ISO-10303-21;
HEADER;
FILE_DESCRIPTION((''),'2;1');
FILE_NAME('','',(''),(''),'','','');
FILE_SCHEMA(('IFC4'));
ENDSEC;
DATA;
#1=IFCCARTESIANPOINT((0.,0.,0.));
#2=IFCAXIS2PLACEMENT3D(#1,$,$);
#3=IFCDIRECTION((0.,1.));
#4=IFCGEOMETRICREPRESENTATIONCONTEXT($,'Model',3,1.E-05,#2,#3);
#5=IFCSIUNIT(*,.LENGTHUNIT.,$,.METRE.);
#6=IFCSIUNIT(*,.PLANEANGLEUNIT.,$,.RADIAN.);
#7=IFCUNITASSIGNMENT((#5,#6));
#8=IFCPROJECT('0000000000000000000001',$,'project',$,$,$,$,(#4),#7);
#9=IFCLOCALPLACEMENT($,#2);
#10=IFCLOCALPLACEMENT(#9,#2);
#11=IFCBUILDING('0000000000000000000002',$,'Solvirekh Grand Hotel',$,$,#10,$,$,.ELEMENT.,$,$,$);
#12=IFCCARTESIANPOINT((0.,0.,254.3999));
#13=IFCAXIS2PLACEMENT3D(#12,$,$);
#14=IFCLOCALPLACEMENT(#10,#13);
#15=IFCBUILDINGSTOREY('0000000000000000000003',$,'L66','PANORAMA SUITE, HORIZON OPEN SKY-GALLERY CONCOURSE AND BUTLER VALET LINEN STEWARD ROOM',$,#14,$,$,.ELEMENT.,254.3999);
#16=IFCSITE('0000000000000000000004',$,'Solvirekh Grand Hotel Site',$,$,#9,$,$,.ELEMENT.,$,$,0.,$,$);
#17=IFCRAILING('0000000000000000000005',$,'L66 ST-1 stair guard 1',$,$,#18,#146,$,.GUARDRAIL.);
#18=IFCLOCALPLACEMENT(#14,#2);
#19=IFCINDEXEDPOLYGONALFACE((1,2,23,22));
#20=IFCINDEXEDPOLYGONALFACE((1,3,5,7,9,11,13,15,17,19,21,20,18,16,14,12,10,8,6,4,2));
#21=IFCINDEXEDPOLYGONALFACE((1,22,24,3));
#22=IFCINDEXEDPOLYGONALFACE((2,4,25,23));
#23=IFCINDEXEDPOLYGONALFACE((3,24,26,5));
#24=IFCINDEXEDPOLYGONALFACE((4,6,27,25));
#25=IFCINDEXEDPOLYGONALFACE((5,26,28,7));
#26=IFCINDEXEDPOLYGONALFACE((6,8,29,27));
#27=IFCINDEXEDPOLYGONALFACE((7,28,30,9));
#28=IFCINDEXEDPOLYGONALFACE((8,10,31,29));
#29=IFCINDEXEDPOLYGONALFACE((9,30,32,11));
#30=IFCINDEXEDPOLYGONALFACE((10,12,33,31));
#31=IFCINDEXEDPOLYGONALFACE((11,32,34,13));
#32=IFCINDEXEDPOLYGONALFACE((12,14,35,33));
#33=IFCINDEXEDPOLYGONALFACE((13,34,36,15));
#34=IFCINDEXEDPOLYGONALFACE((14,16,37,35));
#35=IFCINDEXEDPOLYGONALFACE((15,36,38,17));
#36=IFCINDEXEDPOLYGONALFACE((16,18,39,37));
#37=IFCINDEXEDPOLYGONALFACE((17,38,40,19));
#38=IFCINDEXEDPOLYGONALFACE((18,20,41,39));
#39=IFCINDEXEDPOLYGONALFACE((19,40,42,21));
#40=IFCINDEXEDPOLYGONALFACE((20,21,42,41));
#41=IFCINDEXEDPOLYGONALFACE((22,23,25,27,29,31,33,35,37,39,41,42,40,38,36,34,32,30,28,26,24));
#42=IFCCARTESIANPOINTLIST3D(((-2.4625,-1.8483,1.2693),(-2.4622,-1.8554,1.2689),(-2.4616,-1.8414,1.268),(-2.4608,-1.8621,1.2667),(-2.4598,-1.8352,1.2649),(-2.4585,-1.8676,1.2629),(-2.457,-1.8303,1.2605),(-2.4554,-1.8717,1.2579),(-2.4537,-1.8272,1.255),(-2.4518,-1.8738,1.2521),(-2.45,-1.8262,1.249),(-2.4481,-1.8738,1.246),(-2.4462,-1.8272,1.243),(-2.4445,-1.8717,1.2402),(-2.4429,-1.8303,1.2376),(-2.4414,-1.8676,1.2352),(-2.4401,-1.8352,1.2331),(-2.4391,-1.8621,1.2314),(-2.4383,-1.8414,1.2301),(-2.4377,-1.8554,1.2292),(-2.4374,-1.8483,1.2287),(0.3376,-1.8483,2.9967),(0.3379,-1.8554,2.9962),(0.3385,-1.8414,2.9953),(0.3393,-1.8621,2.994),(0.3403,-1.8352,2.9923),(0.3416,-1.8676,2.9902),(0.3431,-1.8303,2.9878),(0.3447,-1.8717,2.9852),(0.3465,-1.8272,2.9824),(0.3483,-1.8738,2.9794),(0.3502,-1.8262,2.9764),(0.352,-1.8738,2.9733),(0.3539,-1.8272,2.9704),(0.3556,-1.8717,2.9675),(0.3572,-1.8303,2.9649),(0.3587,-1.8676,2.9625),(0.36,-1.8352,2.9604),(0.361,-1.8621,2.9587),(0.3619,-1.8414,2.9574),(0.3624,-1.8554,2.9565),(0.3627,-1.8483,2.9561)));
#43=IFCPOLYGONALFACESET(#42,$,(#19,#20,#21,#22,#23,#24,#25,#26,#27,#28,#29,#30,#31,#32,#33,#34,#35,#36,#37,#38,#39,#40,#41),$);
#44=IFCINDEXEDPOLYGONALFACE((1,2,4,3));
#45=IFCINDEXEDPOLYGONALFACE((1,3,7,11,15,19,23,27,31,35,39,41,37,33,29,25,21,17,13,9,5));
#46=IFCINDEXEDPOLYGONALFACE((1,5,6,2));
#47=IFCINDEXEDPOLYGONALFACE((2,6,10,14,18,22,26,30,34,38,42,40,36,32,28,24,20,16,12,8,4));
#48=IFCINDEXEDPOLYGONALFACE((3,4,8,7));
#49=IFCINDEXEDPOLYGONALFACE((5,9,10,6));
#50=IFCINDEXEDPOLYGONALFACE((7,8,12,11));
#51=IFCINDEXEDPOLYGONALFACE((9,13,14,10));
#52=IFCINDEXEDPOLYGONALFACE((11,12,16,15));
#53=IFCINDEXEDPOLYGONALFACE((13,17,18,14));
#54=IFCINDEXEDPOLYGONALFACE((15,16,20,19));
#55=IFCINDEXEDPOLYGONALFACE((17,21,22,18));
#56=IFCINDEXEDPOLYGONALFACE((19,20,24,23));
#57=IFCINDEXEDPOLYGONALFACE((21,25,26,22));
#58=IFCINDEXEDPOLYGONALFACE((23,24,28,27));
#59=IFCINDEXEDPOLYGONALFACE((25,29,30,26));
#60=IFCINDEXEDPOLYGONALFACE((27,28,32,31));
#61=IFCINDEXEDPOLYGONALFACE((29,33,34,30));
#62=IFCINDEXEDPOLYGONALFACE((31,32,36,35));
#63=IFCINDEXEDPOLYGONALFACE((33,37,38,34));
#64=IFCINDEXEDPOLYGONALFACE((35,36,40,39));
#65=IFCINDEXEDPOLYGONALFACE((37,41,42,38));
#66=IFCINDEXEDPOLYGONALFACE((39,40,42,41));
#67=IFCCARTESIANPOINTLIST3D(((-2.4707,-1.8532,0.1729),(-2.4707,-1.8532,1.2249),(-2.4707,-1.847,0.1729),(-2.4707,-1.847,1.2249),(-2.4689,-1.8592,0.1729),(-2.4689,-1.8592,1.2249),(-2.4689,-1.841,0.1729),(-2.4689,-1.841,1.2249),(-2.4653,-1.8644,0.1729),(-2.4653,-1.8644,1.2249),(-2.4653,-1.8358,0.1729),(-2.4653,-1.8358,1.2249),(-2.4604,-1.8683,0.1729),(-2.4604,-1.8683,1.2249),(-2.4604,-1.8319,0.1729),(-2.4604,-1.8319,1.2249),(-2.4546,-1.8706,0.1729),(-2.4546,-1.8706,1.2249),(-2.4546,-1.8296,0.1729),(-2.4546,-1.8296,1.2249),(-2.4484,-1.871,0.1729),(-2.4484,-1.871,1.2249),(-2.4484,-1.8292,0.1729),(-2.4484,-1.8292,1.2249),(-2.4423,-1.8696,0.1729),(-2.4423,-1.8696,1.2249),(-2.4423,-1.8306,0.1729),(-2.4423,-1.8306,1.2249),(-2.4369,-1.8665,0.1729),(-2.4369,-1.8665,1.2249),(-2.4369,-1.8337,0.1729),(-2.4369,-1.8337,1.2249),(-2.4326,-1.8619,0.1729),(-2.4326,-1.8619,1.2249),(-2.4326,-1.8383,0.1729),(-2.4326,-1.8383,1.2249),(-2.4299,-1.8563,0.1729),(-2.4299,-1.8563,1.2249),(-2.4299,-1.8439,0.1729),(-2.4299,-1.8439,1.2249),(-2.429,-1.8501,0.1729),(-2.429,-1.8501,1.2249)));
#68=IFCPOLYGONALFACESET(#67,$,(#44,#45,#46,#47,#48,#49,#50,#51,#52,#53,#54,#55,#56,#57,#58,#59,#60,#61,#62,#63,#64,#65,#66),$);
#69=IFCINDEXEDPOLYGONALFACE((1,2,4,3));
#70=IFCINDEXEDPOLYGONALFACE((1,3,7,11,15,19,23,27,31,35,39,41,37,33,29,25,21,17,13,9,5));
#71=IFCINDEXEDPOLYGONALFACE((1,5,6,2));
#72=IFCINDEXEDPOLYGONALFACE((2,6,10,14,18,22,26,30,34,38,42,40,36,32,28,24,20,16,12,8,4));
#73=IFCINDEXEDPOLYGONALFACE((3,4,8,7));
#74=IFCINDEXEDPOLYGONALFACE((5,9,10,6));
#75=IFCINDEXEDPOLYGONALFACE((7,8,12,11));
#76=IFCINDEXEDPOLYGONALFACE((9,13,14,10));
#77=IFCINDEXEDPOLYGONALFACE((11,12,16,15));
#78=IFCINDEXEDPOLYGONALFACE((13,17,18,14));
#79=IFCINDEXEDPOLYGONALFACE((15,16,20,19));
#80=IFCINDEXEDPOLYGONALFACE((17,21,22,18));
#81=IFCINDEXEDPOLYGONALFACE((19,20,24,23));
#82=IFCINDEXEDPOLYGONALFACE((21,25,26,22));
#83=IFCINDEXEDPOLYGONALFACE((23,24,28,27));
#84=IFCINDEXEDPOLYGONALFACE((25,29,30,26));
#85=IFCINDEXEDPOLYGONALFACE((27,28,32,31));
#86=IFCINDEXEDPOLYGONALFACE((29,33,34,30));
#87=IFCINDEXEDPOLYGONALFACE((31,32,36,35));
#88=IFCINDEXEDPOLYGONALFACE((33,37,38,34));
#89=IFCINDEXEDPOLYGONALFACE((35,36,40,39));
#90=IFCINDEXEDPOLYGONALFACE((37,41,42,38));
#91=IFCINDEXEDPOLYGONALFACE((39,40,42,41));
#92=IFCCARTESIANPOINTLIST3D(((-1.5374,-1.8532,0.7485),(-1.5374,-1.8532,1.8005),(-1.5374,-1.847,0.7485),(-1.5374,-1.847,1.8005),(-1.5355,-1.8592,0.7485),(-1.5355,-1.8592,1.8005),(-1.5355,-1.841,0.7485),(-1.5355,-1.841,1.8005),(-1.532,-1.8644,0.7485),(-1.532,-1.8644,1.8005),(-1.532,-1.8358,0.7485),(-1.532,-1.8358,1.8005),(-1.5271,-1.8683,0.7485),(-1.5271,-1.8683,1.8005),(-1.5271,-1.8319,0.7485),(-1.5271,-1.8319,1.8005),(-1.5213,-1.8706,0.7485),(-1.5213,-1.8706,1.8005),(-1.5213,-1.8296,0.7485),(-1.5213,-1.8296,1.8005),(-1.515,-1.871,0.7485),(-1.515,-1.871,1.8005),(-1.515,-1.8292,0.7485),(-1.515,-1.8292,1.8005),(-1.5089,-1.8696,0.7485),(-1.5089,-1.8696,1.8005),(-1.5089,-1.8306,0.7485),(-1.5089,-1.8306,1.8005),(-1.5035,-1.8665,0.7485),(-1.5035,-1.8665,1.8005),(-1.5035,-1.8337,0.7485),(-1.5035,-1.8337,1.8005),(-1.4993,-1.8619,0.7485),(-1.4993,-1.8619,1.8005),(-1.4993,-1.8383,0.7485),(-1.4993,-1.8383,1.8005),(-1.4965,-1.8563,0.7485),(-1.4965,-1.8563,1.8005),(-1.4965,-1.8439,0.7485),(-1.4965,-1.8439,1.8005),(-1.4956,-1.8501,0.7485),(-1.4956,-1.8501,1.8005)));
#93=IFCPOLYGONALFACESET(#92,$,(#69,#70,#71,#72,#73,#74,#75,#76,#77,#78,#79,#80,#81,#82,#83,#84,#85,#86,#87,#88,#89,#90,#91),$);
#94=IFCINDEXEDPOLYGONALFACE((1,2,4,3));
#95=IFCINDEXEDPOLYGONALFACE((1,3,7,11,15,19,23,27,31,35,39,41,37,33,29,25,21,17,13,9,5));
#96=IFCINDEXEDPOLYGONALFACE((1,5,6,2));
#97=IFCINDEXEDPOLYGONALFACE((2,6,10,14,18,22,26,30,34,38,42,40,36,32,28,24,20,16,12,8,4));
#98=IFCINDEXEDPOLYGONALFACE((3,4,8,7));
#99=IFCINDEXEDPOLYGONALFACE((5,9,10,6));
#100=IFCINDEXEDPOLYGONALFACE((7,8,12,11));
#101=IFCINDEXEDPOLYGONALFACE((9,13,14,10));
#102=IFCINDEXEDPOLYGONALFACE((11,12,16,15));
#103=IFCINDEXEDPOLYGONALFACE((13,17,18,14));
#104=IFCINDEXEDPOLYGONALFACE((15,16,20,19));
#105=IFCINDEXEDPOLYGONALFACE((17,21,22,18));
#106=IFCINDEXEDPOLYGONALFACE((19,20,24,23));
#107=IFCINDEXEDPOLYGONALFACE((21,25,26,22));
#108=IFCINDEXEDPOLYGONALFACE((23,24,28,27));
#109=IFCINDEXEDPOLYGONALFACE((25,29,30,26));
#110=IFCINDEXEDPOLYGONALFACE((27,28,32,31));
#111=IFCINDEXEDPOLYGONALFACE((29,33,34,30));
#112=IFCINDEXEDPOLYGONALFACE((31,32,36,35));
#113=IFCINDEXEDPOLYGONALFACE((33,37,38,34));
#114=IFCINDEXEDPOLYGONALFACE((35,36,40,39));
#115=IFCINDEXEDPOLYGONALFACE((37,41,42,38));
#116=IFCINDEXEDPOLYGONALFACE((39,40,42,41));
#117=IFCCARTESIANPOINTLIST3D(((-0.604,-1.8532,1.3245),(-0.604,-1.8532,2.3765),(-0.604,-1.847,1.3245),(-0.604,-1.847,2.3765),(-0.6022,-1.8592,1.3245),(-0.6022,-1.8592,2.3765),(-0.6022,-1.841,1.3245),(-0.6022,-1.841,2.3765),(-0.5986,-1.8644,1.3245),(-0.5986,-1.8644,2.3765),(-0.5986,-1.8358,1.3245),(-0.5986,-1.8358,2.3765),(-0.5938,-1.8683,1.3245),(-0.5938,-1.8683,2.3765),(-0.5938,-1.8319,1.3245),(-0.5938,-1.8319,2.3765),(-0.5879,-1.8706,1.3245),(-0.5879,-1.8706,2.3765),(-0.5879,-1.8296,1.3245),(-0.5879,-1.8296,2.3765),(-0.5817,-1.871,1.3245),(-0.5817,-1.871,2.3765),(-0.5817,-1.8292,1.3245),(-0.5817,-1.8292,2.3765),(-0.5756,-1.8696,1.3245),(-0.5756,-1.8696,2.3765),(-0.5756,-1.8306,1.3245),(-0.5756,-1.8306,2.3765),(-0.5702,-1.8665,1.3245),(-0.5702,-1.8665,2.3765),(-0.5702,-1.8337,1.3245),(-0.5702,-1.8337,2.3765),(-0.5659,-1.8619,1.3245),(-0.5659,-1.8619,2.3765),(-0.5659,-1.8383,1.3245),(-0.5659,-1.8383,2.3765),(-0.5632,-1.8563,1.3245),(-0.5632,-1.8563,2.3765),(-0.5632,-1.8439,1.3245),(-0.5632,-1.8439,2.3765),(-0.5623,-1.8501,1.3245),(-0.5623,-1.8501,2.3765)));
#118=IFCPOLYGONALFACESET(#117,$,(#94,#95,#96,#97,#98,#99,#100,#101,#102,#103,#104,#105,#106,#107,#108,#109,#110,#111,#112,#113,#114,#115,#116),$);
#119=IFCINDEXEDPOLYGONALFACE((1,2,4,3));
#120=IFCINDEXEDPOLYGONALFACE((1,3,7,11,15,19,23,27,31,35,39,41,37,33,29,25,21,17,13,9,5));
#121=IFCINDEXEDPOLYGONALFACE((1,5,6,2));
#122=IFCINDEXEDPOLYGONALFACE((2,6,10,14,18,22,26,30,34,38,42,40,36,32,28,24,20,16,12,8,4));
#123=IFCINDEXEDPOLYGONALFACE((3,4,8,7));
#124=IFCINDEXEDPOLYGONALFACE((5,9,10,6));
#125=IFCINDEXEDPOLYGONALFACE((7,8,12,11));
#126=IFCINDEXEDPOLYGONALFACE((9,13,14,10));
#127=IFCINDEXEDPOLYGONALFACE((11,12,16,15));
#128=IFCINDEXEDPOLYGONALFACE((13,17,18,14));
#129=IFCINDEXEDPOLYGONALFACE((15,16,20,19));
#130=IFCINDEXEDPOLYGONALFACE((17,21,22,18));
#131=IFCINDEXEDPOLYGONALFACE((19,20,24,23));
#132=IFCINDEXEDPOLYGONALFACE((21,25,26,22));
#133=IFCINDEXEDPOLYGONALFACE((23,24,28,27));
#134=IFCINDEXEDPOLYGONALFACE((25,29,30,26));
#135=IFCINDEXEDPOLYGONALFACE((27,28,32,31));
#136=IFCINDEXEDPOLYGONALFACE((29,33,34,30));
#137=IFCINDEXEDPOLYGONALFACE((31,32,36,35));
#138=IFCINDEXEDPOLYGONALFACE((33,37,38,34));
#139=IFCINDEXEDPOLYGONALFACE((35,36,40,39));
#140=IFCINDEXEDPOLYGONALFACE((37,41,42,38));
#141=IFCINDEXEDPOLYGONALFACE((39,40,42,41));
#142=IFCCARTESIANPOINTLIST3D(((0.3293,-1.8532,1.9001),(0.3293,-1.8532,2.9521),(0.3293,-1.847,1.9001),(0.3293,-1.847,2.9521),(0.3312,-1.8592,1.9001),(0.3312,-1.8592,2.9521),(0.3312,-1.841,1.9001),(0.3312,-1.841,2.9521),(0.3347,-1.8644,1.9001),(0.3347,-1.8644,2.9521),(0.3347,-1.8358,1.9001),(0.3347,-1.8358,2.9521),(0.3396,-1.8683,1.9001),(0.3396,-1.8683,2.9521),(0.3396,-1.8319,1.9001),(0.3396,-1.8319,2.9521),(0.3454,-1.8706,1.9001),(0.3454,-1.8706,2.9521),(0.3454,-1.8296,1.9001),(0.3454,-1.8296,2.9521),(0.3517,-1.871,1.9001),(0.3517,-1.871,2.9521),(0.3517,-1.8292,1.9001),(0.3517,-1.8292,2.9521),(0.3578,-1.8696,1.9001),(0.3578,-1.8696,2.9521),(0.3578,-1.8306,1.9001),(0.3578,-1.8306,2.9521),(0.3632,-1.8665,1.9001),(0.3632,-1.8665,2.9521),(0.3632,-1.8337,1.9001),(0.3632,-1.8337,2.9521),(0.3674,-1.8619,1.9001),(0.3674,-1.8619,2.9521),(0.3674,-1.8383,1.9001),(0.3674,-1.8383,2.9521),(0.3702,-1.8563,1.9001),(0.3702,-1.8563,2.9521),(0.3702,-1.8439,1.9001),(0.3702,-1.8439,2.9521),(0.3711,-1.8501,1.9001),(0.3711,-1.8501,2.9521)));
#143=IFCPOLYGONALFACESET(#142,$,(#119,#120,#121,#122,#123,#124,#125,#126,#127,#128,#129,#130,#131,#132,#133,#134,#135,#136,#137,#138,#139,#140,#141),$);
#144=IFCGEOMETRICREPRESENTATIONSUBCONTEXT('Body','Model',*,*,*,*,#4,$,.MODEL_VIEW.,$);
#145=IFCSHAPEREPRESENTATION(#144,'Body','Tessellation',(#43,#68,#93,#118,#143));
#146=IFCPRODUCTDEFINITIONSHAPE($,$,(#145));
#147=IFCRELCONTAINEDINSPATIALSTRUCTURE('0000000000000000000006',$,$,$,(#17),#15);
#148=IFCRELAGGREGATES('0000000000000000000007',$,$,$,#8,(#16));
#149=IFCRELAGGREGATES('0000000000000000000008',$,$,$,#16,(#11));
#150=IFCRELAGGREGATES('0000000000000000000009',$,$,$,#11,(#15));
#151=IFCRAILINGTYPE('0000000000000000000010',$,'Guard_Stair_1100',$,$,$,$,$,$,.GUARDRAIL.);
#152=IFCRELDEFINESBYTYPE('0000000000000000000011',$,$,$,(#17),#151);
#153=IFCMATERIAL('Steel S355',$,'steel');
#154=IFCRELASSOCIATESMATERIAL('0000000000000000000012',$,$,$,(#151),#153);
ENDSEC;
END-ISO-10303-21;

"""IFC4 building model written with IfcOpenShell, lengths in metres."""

from ifc_helpers import new_model, si_unit, direction, frame, origin, origin_2d, place, context, subcontext, project, spatial, circle, extrude, material, type_object, element, save


model = new_model("IFC4")

# Units and contexts
model_context = context("Model", 3, precision=1e-05, world=origin(), true_north=direction((0.0, 1.0)))
body_context = subcontext(model_context, "Body", "Model", "MODEL_VIEW")
ifc_project = project(units=[si_unit("LENGTHUNIT", "METRE"), si_unit("PLANEANGLEUNIT", "RADIAN")], contexts=[model_context])

# Site, building, storey
site_placement = place(None, origin())
site = spatial("IfcSite", under=ifc_project, at=site_placement, Name="Solvirekh Grand Hotel Site", CompositionType="ELEMENT", RefElevation=0.0)
building_placement = place(site_placement, origin())
building = spatial("IfcBuilding", under=site, at=building_placement, Name="Solvirekh Grand Hotel", CompositionType="ELEMENT")
storey_placement = place(building_placement, frame((0.0, 0.0, 254.3999)))
storey = spatial("IfcBuildingStorey", under=building, at=storey_placement, Name="L66", Description="PANORAMA SUITE, HORIZON OPEN SKY-GALLERY CONCOURSE AND BUTLER VALET LINEN STEWARD ROOM", CompositionType="ELEMENT", Elevation=254.3999)

# Shared definitions
ifc_material_1 = material(Name="Steel S355", Category="steel")

# Railing
railing_type_1 = type_object("IfcRailingType", Name="Guard_Stair_1100", PredefinedType="GUARDRAIL", material=ifc_material_1)
railing_1_placement = place(storey_placement, frame((-2.45, -1.8501, 0.1729)))
element("IfcRailing", 1, at=railing_1_placement, inside=storey, type_object=railing_type_1, Name="L66 ST-1 stair guard 1", PredefinedType="GUARDRAIL", context=body_context, shape_type="SweptSolid", body=[
    extrude(circle(Radius=0.0239, at=origin_2d()), frame((0.0, 0.0, 1.0762), z_axis=(0.85109, 0.0, 0.52502), x_axis=(0.0, 1.0, 0.0)), (0.0, 0.0, 1.0), 3.29),
    extrude(circle(Radius=0.021, at=origin_2d()), origin(), (0.0, 0.0, 1.0), 1.052),
    extrude(circle(Radius=0.021, at=origin_2d()), frame((0.9333, 0.0, 0.5757)), (0.0, 0.0, 1.0), 1.052),
    extrude(circle(Radius=0.021, at=origin_2d()), frame((1.8667, 0.0, 1.1516)), (0.0, 0.0, 1.0), 1.052),
    extrude(circle(Radius=0.021, at=origin_2d()), frame((2.8, 0.0, 1.7273)), (0.0, 0.0, 1.0), 1.052),
])

save(model, "model.ifc")
